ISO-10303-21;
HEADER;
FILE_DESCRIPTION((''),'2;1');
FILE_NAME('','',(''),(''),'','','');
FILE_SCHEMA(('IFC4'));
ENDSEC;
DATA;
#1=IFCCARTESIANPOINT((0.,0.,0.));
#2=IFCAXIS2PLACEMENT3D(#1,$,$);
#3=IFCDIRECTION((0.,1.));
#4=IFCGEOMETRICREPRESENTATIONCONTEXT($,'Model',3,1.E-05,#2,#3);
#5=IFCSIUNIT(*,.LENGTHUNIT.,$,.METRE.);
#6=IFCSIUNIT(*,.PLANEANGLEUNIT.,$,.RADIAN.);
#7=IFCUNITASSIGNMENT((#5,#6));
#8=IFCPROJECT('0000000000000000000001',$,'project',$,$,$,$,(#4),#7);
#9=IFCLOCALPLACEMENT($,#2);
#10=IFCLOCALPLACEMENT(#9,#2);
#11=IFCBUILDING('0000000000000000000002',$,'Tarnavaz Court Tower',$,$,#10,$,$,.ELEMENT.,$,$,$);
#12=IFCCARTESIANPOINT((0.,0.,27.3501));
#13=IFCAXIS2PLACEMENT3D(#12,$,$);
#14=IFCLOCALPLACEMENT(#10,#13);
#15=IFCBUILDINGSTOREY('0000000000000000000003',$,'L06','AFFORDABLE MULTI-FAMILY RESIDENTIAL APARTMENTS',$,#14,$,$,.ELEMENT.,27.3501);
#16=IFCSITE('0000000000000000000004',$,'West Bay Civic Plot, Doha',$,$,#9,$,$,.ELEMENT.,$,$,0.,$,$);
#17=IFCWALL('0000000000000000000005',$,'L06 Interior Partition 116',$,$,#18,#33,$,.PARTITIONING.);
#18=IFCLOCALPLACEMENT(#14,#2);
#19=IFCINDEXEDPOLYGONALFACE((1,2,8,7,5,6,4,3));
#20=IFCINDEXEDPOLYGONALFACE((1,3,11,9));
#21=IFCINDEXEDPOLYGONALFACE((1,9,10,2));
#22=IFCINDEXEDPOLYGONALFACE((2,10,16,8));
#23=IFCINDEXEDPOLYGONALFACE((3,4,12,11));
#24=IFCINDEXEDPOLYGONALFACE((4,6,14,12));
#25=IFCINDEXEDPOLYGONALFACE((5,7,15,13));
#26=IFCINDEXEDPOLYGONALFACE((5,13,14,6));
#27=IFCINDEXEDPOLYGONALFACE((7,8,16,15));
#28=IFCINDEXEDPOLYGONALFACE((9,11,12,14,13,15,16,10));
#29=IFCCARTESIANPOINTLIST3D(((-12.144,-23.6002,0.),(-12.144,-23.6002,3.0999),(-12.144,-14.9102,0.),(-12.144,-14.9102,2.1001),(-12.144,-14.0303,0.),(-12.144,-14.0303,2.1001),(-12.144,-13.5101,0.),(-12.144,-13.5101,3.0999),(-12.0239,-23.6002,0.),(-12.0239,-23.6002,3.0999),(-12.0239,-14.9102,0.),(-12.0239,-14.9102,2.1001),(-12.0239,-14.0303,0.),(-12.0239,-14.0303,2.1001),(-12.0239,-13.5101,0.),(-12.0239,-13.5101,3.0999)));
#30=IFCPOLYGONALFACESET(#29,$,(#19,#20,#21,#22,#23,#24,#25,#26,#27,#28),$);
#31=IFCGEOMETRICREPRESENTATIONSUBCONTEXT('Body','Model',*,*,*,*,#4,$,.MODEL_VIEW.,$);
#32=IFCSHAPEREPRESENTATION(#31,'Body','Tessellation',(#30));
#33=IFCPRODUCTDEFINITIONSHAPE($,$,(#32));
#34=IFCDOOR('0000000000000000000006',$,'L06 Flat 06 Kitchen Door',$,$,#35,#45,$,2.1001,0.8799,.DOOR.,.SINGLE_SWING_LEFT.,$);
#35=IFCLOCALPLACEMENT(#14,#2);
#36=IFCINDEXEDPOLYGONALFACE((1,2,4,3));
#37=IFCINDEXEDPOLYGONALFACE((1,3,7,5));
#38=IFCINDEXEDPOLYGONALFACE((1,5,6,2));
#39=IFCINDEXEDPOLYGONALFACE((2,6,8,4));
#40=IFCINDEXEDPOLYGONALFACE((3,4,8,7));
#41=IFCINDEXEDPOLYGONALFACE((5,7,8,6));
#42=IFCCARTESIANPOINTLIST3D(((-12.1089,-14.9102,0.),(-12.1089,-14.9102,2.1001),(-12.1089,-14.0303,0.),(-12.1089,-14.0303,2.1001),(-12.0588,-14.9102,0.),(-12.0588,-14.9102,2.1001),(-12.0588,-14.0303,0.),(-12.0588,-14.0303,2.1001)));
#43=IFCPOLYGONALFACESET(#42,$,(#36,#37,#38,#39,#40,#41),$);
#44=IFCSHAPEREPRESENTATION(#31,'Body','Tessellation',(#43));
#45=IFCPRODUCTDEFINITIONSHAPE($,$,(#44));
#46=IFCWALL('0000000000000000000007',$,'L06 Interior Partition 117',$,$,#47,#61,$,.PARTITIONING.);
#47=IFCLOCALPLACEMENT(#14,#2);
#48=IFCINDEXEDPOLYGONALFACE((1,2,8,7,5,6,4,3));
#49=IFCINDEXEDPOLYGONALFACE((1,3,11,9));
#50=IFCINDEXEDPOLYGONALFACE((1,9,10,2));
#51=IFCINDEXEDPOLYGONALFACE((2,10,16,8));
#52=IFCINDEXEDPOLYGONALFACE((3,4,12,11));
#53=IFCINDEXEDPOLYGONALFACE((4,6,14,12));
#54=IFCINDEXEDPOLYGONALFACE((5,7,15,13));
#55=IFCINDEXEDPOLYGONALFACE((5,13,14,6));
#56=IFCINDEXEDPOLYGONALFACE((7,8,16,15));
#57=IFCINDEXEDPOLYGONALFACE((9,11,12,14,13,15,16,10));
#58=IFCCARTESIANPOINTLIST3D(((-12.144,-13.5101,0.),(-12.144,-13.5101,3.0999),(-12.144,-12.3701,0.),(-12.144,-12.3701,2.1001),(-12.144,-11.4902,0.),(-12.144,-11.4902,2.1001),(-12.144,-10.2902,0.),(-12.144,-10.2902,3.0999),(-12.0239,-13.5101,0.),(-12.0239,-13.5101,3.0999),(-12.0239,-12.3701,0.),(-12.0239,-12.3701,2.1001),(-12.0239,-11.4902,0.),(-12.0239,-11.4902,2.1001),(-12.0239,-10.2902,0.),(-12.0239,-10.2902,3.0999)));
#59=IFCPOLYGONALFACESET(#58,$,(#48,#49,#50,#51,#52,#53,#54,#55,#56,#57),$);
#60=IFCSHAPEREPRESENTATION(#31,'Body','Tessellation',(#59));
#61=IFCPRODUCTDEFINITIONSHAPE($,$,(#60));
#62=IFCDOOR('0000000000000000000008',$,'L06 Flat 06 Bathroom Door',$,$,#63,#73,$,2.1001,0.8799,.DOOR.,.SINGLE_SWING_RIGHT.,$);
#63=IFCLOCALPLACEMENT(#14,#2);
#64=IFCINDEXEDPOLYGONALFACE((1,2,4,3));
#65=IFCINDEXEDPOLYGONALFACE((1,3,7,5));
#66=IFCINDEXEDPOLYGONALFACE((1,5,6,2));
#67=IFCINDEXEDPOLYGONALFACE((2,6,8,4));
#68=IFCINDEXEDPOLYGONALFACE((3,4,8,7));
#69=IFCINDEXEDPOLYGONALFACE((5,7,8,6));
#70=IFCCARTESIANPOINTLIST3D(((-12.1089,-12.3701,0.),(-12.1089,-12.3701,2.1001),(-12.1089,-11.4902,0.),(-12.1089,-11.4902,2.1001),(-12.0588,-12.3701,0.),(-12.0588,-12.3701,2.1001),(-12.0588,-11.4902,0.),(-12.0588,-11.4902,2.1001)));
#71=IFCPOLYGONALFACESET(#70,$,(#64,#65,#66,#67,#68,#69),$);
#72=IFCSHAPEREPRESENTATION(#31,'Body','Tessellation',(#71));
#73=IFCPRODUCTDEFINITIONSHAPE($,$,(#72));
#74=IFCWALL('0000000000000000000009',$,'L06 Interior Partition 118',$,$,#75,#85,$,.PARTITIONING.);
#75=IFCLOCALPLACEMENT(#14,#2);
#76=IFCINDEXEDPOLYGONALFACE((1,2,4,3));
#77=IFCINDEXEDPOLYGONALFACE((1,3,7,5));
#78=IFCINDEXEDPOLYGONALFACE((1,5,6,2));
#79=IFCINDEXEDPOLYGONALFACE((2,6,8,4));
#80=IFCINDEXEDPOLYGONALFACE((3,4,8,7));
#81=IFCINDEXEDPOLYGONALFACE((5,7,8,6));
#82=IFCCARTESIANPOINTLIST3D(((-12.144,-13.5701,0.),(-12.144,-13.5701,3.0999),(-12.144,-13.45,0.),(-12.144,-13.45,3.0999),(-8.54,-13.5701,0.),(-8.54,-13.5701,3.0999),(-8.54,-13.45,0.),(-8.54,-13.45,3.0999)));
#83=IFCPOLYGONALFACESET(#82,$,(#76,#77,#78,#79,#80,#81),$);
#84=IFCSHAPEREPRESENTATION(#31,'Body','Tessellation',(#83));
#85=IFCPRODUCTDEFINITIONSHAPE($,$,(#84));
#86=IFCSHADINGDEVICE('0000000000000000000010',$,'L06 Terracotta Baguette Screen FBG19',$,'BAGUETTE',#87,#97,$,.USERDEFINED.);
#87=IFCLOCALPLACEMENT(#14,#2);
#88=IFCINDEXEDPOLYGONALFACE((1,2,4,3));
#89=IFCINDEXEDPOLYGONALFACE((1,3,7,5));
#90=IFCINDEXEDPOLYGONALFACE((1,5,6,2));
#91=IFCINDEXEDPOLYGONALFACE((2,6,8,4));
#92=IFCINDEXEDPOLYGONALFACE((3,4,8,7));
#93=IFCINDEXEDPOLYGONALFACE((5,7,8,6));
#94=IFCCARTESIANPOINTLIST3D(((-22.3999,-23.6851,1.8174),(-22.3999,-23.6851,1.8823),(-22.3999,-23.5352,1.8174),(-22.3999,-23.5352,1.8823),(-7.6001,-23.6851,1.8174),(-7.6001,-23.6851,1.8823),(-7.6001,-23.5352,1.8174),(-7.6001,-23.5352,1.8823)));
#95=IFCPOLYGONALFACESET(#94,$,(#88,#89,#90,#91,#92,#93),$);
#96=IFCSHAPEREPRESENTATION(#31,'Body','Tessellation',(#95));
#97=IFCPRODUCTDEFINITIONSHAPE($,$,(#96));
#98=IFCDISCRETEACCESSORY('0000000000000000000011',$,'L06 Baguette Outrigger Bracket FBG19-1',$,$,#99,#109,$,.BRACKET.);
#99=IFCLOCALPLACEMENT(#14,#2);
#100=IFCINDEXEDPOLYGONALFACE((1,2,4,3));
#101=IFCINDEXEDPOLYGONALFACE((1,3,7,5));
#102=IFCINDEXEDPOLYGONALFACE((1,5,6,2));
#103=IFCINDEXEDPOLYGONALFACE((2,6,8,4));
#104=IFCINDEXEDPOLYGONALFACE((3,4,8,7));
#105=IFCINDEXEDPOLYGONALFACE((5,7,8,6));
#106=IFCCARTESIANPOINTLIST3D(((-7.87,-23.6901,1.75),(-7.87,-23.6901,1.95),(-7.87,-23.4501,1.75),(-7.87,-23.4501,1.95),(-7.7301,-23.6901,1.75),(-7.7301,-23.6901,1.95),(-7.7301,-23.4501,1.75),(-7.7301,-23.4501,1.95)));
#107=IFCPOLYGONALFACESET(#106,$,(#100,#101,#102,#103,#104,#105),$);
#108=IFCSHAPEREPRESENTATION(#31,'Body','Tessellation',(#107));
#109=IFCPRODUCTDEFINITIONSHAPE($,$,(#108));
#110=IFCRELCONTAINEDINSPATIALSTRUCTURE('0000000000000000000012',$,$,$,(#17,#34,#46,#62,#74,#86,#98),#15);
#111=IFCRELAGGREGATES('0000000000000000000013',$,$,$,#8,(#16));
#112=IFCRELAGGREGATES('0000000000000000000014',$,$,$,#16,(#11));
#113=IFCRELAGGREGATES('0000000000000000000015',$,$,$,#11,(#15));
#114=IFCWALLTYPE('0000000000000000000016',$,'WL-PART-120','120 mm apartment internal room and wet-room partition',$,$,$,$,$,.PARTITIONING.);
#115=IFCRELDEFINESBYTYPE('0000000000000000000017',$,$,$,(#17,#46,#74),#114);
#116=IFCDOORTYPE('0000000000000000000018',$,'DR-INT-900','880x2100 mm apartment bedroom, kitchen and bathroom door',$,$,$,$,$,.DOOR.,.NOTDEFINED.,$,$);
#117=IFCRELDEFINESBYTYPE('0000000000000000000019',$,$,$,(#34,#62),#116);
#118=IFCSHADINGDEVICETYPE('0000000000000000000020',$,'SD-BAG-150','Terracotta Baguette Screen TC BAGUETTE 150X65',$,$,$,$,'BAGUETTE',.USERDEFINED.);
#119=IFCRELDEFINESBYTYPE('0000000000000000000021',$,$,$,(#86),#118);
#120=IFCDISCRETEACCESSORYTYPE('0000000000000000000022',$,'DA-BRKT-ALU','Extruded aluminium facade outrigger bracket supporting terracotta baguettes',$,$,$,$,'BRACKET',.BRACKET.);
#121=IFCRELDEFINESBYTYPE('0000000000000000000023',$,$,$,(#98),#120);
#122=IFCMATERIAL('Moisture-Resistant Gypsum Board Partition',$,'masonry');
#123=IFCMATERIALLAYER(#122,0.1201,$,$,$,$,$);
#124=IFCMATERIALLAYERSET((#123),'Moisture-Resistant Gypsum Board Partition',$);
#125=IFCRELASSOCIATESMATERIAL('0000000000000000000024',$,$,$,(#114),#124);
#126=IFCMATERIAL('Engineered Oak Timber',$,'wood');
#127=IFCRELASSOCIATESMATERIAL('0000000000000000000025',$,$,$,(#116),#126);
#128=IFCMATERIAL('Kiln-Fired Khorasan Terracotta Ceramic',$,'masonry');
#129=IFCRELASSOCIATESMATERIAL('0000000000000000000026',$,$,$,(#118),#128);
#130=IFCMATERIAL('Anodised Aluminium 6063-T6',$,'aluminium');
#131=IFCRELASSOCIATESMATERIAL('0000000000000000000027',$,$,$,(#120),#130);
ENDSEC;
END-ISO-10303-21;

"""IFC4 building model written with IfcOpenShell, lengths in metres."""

from ifc_helpers import new_model, si_unit, direction, frame, frame_2d, origin, origin_2d, place, context, subcontext, project, spatial, rectangle, extrude, material, layer, layer_set, material_profile, profile_set, type_object, element, fill, save


model = new_model("IFC4")

# Units and contexts
model_context = context("Model", 3, precision=1e-05, world=origin(), true_north=direction((0.0, 1.0)))
body_context = subcontext(model_context, "Body", "Model", "MODEL_VIEW")
ifc_project = project(units=[si_unit("LENGTHUNIT", "METRE"), si_unit("PLANEANGLEUNIT", "RADIAN")], contexts=[model_context])

# Site, building, storey
site_placement = place(None, origin())
site = spatial("IfcSite", under=ifc_project, at=site_placement, Name="West Bay Civic Plot, Doha", CompositionType="ELEMENT", RefElevation=0.0)
building_placement = place(site_placement, origin())
building = spatial("IfcBuilding", under=site, at=building_placement, Name="Tarnavaz Court Tower", CompositionType="ELEMENT")
storey_placement = place(building_placement, frame((0.0, 0.0, 27.3501)))
storey = spatial("IfcBuildingStorey", under=building, at=storey_placement, Name="L06", Description="AFFORDABLE MULTI-FAMILY RESIDENTIAL APARTMENTS", CompositionType="ELEMENT", Elevation=27.3501)

# Walls, openings, doors
ifc_material_1 = material(Name="Moisture-Resistant Gypsum Board Partition", Category="masonry")
ifc_layer_1 = layer(ifc_material_1, 0.1201)
ifc_layer_set_1 = layer_set([ifc_layer_1], Name="Moisture-Resistant Gypsum Board Partition")
wall_type_1 = type_object("IfcWallType", Name="WL-PART-120", Description="120 mm apartment internal room and wet-room partition", PredefinedType="PARTITIONING", material=ifc_layer_set_1)
wall_1_placement = place(storey_placement, frame((-12.084, -23.6001, 0.0), z_axis=(0.0, 0.0, 1.0), x_axis=(0.0, 1.0, 0.0)))
wall_1 = element("IfcWall", 1, at=wall_1_placement, inside=storey, type_object=wall_type_1, Name="L06 Interior Partition 116", PredefinedType="PARTITIONING", context=body_context, shape_type="SweptSolid", body=[
    extrude(rectangle(XDim=10.0901, YDim=0.1201, at=frame_2d((5.0449, 0.0))), origin(), (0.0, 0.0, 1.0), 3.0999),
])
opening_1_placement = place(wall_1_placement, frame((8.6899, 0.0, 0.0)))
opening_1 = element("IfcOpeningElement", 2, at=opening_1_placement, cuts=wall_1, PredefinedType="OPENING", context=body_context, shape_type="SweptSolid", body=[
    extrude(rectangle(XDim=0.8799, YDim=2.1001, at=frame_2d((0.4399, 1.05))), frame((0.0, 0.0701, 0.0), z_axis=(0.0, -1.0, 0.0), x_axis=(1.0, 0.0, 0.0)), (0.0, 0.0, 1.0), 0.1401),
])
ifc_material_2 = material(Name="Engineered Oak Timber", Category="wood")
door_type = type_object("IfcDoorType", Name="DR-INT-900", Description="880x2100 mm apartment bedroom, kitchen and bathroom door", OperationType="NOTDEFINED", PredefinedType="DOOR", material=ifc_material_2)
door_1_placement = place(opening_1_placement, origin())
door_1 = element("IfcDoor", 3, at=door_1_placement, inside=storey, type_object=door_type, Name="L06 Flat 06 Kitchen Door", OperationType="SINGLE_SWING_LEFT", OverallHeight=2.1001, OverallWidth=0.8799, PredefinedType="DOOR", context=body_context, shape_type="SweptSolid", body=[
    extrude(rectangle(XDim=0.8799, YDim=2.1001, at=frame_2d((0.4399, 1.05))), frame((0.0, 0.0249, 0.0), z_axis=(0.0, -1.0, 0.0), x_axis=(1.0, 0.0, 0.0)), (0.0, 0.0, 1.0), 0.05),
])
fill(opening_1, door_1)
wall_2_placement = place(storey_placement, frame((-12.084, -13.51, 0.0), z_axis=(0.0, 0.0, 1.0), x_axis=(0.0, 1.0, 0.0)))
wall_2 = element("IfcWall", 4, at=wall_2_placement, inside=storey, type_object=wall_type_1, Name="L06 Interior Partition 117", PredefinedType="PARTITIONING", context=body_context, shape_type="SweptSolid", body=[
    extrude(rectangle(XDim=3.22, YDim=0.1201, at=frame_2d((1.6099, 0.0))), origin(), (0.0, 0.0, 1.0), 3.0999),
])
opening_2_placement = place(wall_2_placement, frame((1.1399, 0.0, 0.0)))
opening_2 = element("IfcOpeningElement", 5, at=opening_2_placement, cuts=wall_2, PredefinedType="OPENING", context=body_context, shape_type="SweptSolid", body=[
    extrude(rectangle(XDim=0.8799, YDim=2.1001, at=frame_2d((0.4399, 1.05))), frame((0.0, 0.0701, 0.0), z_axis=(0.0, -1.0, 0.0), x_axis=(1.0, 0.0, 0.0)), (0.0, 0.0, 1.0), 0.1401),
])
door_2_placement = place(opening_2_placement, origin())
door_2 = element("IfcDoor", 6, at=door_2_placement, inside=storey, type_object=door_type, Name="L06 Flat 06 Bathroom Door", OperationType="SINGLE_SWING_RIGHT", OverallHeight=2.1001, OverallWidth=0.8799, PredefinedType="DOOR", context=body_context, shape_type="SweptSolid", body=[
    extrude(rectangle(XDim=0.8799, YDim=2.1001, at=frame_2d((0.4399, 1.05))), frame((0.0, 0.0249, 0.0), z_axis=(0.0, -1.0, 0.0), x_axis=(1.0, 0.0, 0.0)), (0.0, 0.0, 1.0), 0.05),
])
fill(opening_2, door_2)

# Wall
wall_3_placement = place(storey_placement, frame((-12.144, -13.51, 0.0), z_axis=(0.0, 0.0, 1.0), x_axis=(1.0, 0.0, 0.0)))
element("IfcWall", 7, at=wall_3_placement, inside=storey, type_object=wall_type_1, Name="L06 Interior Partition 118", PredefinedType="PARTITIONING", context=body_context, shape_type="SweptSolid", body=[
    extrude(rectangle(XDim=3.604, YDim=0.1201, at=frame_2d((1.802, 0.0))), origin(), (0.0, 0.0, 1.0), 3.0999),
])

# Shading device
ifc_material_3 = material(Name="Kiln-Fired Khorasan Terracotta Ceramic", Category="masonry")
ifc_material_profile_1 = material_profile(ifc_material_3, rectangle(XDim=0.1499, YDim=0.0649, at=origin_2d()), Name="TC BAGUETTE 150X65")
ifc_profile_set_1 = profile_set([ifc_material_profile_1], Name="Kiln-Fired Khorasan Terracotta Ceramic")
shading_device_type = type_object("IfcShadingDeviceType", Name="SD-BAG-150", Description="Terracotta Baguette Screen TC BAGUETTE 150X65", ElementType="BAGUETTE", PredefinedType="USERDEFINED", material=ifc_profile_set_1)
shading_device_placement = place(storey_placement, frame((-7.6001, -23.6101, 1.8499), z_axis=(-1.0, 0.0, 0.0), x_axis=(0.0, -1.0, 0.0)))
element("IfcShadingDevice", 8, at=shading_device_placement, inside=storey, type_object=shading_device_type, Name="L06 Terracotta Baguette Screen FBG19", ObjectType="BAGUETTE", PredefinedType="USERDEFINED", context=body_context, shape_type="SweptSolid", body=[
    extrude(rectangle(XDim=0.1499, YDim=0.0649, at=origin_2d()), origin(), (0.0, 0.0, 1.0), 14.7998),
])

# Discrete accessory
ifc_material_4 = material(Name="Anodised Aluminium 6063-T6", Category="aluminium")
discrete_accessory_type = type_object("IfcDiscreteAccessoryType", Name="DA-BRKT-ALU", Description="Extruded aluminium facade outrigger bracket supporting terracotta baguettes", ElementType="BRACKET", PredefinedType="BRACKET", material=ifc_material_4)
discrete_accessory_placement = place(storey_placement, frame((-7.8, -23.5701, 1.75), z_axis=(0.0, 0.0, 1.0), x_axis=(-1.0, 0.0, 0.0)))
element("IfcDiscreteAccessory", 9, at=discrete_accessory_placement, inside=storey, type_object=discrete_accessory_type, Name="L06 Baguette Outrigger Bracket FBG19-1", PredefinedType="BRACKET", context=body_context, shape_type="SweptSolid", body=[
    extrude(rectangle(XDim=0.1399, YDim=0.24, at=origin_2d()), origin(), (0.0, 0.0, 1.0), 0.2),
])

save(model, "model.ifc")
